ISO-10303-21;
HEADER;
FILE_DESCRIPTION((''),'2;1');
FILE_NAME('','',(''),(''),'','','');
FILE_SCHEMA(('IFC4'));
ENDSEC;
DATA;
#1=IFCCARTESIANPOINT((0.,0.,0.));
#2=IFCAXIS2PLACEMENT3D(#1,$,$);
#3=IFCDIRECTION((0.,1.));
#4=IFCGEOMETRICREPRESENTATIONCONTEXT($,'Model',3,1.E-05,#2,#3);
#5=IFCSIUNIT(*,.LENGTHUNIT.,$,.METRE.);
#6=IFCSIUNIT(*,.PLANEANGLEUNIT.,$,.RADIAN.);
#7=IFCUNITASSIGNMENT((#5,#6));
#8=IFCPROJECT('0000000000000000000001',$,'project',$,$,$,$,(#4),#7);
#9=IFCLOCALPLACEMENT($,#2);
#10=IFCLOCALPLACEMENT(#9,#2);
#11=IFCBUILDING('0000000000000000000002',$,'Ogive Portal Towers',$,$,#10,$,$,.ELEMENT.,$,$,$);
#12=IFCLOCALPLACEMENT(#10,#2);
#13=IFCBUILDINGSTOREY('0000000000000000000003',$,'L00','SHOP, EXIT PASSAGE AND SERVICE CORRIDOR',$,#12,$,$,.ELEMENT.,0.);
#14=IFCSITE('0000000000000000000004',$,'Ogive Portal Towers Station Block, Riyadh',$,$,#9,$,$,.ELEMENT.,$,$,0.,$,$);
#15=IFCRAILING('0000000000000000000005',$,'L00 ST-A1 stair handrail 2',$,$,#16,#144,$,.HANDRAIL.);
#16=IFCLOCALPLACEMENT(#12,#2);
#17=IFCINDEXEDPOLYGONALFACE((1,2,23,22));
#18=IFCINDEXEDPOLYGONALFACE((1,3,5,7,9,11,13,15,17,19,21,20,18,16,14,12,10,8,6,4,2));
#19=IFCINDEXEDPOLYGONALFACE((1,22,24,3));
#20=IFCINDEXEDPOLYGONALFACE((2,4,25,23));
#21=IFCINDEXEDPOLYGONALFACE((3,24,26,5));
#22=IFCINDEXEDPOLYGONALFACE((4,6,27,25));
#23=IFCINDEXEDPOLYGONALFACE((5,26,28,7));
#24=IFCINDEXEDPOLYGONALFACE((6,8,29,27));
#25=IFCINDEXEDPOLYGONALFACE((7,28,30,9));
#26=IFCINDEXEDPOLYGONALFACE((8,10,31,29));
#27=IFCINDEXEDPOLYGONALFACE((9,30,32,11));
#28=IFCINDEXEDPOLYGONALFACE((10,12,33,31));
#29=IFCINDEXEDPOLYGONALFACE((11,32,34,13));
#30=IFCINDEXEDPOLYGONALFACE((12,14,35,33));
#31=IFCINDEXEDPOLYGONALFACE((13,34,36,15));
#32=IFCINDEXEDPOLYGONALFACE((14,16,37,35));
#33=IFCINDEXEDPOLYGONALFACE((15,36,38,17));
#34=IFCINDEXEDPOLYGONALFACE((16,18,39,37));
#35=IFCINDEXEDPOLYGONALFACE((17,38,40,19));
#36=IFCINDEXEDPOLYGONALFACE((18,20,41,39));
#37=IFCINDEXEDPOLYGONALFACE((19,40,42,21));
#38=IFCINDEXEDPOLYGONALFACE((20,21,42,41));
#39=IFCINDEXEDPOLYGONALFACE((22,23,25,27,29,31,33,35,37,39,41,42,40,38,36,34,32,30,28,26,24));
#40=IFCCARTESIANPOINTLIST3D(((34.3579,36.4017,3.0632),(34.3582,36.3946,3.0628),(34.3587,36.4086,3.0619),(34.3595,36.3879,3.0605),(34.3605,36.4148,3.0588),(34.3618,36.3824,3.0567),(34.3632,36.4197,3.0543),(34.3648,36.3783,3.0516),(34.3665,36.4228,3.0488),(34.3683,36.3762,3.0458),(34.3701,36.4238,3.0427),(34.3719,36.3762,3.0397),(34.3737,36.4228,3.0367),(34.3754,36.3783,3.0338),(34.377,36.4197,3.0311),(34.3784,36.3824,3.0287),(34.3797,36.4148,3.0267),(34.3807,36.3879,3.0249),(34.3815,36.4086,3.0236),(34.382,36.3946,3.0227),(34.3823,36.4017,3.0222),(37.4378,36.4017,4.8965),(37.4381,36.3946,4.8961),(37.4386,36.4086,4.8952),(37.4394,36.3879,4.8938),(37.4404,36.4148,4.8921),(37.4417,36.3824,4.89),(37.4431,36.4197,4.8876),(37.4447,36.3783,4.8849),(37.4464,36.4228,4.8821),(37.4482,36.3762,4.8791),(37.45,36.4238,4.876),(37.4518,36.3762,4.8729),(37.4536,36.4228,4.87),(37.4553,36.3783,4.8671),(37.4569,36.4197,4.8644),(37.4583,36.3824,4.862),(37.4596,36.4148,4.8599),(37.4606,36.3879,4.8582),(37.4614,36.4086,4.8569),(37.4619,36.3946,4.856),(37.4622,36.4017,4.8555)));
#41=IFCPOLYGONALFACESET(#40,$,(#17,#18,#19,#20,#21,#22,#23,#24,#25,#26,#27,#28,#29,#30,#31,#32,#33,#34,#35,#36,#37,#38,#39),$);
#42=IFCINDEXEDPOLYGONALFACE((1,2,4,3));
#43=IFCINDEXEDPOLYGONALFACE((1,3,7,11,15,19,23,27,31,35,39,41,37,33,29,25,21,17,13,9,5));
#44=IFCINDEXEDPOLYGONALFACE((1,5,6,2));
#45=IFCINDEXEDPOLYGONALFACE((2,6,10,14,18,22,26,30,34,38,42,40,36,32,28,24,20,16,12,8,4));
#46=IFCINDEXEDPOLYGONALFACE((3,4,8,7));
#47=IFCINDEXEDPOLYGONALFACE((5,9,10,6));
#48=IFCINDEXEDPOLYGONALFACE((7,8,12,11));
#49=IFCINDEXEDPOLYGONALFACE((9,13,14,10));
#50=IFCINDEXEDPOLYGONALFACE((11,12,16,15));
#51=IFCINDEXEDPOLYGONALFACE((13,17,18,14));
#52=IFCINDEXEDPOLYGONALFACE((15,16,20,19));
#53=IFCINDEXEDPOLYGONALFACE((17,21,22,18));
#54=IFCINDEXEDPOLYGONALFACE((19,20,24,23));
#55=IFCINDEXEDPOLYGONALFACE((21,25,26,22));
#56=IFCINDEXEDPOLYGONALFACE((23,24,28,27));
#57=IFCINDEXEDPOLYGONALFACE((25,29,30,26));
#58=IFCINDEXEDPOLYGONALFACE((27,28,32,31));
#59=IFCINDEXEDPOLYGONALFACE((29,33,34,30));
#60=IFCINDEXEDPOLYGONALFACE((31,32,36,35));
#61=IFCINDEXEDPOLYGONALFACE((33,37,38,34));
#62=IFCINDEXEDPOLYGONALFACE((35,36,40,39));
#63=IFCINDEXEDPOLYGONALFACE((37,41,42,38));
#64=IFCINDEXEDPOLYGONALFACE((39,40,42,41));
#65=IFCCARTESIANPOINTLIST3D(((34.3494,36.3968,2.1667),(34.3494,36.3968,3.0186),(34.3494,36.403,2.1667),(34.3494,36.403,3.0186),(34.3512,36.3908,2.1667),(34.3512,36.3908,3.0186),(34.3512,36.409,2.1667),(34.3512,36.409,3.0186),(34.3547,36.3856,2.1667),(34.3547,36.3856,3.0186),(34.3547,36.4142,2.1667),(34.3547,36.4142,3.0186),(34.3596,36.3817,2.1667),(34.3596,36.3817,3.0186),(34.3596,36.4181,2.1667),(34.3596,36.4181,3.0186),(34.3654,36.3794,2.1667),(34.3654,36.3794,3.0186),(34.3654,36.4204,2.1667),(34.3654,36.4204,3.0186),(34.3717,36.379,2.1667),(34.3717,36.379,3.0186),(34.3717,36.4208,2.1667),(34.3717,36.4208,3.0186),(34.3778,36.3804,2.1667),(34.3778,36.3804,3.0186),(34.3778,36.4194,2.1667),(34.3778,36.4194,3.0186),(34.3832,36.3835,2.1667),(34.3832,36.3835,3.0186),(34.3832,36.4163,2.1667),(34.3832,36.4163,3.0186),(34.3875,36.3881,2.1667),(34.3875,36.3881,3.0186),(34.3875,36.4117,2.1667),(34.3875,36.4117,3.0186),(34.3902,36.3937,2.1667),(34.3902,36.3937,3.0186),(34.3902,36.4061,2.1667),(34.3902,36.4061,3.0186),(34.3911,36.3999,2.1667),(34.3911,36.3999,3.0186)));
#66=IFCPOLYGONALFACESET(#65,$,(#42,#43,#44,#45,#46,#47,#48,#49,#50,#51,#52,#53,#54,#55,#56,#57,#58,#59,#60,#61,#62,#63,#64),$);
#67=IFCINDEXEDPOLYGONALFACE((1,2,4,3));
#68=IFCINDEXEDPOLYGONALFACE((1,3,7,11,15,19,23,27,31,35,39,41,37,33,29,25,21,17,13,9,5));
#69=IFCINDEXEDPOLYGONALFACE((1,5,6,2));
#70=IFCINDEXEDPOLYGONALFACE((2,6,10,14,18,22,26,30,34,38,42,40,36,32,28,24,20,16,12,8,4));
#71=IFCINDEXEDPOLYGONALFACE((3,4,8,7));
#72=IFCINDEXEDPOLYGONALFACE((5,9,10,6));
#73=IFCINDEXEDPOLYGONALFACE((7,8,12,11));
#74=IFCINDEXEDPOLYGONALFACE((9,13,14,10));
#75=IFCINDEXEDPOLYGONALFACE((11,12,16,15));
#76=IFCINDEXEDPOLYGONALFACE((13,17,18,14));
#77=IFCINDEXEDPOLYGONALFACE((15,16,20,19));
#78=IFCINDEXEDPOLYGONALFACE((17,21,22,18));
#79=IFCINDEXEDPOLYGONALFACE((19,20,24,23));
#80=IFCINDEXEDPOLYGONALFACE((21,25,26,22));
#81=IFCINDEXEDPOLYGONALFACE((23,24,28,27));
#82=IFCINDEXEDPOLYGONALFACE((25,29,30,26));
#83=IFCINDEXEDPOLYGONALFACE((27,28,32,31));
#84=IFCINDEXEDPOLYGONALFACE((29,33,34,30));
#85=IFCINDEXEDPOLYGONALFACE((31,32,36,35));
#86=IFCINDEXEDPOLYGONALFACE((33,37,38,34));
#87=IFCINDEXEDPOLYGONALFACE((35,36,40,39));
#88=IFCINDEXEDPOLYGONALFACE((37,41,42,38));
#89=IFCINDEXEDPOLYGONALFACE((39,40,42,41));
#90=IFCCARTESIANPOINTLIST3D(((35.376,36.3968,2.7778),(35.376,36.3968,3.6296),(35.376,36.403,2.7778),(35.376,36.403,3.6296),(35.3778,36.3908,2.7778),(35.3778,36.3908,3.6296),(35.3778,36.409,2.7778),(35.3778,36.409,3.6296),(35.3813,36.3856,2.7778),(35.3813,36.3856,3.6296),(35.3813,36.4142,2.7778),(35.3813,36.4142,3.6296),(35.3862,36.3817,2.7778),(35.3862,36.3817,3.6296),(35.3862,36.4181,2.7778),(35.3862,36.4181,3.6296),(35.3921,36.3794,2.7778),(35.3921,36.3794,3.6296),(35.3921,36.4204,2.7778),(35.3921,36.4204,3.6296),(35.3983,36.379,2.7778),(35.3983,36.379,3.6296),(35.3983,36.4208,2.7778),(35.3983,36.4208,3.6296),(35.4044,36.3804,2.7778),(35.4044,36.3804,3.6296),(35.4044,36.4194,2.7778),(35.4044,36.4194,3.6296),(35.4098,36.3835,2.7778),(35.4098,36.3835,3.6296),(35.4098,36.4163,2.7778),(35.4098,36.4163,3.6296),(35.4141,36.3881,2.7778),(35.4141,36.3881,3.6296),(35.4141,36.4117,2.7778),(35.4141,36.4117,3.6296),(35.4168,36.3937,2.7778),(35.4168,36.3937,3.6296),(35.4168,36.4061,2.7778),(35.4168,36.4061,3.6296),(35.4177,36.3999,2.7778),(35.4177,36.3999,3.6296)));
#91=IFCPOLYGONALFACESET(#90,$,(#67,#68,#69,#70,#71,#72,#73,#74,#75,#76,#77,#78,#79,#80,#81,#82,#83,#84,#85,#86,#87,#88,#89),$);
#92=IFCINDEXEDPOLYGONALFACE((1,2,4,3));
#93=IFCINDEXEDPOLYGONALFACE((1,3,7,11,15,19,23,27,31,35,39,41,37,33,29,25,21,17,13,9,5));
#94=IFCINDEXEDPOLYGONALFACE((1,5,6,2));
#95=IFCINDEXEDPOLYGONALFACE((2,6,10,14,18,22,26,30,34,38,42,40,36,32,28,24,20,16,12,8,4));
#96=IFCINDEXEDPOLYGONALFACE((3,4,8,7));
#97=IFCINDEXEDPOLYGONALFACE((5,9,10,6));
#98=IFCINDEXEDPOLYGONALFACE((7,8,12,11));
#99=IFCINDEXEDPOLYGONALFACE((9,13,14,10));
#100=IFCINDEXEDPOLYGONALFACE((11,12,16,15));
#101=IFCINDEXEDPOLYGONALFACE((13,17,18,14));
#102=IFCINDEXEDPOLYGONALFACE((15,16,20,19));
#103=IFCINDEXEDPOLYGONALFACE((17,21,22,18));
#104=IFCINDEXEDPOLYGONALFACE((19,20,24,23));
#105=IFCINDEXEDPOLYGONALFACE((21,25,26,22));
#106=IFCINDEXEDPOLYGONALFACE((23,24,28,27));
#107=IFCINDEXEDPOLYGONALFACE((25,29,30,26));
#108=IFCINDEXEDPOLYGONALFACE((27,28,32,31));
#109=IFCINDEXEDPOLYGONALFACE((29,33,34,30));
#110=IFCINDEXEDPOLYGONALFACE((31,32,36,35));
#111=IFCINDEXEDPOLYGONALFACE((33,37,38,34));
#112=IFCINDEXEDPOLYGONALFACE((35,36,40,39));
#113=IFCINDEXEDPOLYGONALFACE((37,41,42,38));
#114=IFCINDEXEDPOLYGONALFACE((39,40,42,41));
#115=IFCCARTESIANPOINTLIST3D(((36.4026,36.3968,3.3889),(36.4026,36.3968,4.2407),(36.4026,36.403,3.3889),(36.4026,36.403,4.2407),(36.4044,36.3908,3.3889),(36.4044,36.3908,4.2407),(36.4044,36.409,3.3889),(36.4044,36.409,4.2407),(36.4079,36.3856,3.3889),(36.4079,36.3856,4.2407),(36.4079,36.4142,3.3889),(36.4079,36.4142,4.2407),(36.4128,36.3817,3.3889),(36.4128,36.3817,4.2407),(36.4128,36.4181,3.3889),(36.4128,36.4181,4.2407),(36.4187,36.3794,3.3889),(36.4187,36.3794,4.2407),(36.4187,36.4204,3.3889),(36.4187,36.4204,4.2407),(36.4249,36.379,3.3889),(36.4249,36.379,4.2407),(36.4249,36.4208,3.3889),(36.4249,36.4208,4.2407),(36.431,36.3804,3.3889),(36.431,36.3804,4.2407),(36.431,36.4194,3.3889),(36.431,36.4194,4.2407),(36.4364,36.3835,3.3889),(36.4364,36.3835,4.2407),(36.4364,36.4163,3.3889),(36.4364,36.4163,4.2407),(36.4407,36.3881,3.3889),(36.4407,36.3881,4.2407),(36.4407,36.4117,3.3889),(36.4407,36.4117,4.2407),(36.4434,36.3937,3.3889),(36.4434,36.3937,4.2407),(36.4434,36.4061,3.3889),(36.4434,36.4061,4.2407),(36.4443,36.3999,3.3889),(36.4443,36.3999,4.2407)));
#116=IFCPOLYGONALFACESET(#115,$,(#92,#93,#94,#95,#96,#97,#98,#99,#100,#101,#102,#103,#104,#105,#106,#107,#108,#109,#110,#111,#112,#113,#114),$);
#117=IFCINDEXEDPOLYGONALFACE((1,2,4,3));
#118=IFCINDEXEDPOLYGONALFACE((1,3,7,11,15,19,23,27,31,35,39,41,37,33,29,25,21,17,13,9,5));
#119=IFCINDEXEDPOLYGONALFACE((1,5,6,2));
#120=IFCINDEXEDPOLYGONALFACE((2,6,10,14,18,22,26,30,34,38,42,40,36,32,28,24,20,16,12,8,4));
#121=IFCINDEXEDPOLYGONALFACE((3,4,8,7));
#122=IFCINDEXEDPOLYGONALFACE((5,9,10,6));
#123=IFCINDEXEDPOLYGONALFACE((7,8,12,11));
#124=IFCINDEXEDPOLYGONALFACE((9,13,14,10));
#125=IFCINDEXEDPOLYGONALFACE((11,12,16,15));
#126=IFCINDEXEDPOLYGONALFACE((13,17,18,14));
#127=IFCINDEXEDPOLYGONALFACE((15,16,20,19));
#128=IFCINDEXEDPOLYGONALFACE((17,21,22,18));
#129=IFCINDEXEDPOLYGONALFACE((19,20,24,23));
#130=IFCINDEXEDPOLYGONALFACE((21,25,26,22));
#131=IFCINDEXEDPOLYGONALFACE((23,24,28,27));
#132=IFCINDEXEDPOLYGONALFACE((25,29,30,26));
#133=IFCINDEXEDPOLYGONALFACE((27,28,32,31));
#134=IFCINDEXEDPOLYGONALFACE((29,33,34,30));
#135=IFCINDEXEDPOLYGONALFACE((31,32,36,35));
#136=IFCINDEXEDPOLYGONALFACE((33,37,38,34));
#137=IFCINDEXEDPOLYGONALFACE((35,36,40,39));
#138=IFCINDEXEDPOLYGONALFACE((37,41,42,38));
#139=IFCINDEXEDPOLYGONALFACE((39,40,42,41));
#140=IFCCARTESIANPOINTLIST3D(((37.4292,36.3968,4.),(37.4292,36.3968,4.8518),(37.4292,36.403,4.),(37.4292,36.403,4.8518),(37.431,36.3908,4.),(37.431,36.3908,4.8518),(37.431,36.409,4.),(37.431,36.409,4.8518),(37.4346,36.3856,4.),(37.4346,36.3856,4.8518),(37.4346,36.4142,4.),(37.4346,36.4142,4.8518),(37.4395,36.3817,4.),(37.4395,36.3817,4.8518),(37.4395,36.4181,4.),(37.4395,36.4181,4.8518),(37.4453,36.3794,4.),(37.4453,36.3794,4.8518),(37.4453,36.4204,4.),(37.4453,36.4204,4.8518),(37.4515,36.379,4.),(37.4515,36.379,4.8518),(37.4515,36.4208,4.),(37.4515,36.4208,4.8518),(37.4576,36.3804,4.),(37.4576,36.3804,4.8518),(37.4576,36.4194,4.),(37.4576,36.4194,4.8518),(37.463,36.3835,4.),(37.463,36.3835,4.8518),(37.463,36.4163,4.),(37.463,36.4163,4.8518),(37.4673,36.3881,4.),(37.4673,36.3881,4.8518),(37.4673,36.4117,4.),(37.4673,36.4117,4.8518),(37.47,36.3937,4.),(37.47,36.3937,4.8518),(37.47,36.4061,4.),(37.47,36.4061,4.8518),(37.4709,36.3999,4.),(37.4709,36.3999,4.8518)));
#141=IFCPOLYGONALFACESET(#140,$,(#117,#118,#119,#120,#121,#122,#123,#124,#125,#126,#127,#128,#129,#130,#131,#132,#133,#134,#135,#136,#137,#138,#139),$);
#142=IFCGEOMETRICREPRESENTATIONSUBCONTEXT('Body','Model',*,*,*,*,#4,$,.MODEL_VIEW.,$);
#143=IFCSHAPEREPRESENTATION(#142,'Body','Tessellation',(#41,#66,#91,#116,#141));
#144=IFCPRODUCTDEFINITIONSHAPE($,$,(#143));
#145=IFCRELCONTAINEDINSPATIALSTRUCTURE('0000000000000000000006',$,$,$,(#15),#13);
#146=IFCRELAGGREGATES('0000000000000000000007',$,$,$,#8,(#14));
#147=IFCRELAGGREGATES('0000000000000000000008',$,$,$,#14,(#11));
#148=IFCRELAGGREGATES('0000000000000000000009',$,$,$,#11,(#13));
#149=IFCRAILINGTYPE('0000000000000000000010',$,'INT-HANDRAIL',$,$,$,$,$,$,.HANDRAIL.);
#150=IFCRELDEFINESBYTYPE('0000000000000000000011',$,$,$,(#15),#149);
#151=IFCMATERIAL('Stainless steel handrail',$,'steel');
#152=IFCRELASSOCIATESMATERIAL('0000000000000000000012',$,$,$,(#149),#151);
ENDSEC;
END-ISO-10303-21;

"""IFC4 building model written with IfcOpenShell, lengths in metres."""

from ifc_helpers import new_model, si_unit, direction, frame, origin, origin_2d, place, context, subcontext, project, spatial, circle, extrude, material, type_object, element, save


model = new_model("IFC4")

# Units and contexts
model_context = context("Model", 3, precision=1e-05, world=origin(), true_north=direction((0.0, 1.0)))
body_context = subcontext(model_context, "Body", "Model", "MODEL_VIEW")
ifc_project = project(units=[si_unit("LENGTHUNIT", "METRE"), si_unit("PLANEANGLEUNIT", "RADIAN")], contexts=[model_context])

# Site, building, storey
site_placement = place(None, origin())
site = spatial("IfcSite", under=ifc_project, at=site_placement, Name="Ogive Portal Towers Station Block, Riyadh", CompositionType="ELEMENT", RefElevation=0.0)
building_placement = place(site_placement, origin())
building = spatial("IfcBuilding", under=site, at=building_placement, Name="Ogive Portal Towers", CompositionType="ELEMENT")
storey_placement = place(building_placement, origin())
storey = spatial("IfcBuildingStorey", under=building, at=storey_placement, Name="L00", Description="SHOP, EXIT PASSAGE AND SERVICE CORRIDOR", CompositionType="ELEMENT", Elevation=0.0)

# Railing
ifc_material_1 = material(Name="Stainless steel handrail", Category="steel")
railing_type_1 = type_object("IfcRailingType", Name="INT-HANDRAIL", PredefinedType="HANDRAIL", material=ifc_material_1)
railing_1_placement = place(storey_placement, frame((34.3701, 36.3999, 2.1667)))
element("IfcRailing", 1, at=railing_1_placement, inside=storey, type_object=railing_type_1, Name="L00 ST-A1 stair handrail 2", PredefinedType="HANDRAIL", context=body_context, shape_type="SweptSolid", body=[
    extrude(circle(Radius=0.0239, at=origin_2d()), frame((0.0, 0.0, 0.876), z_axis=(0.859291, 0.0, 0.511487), x_axis=(0.0, 1.0, 0.0)), (0.0, 0.0, 1.0), 3.5842),
    extrude(circle(Radius=0.021, at=origin_2d()), origin(), (0.0, 0.0, 1.0), 0.8518),
    extrude(circle(Radius=0.021, at=origin_2d()), frame((1.0266, 0.0, 0.6111)), (0.0, 0.0, 1.0), 0.8518),
    extrude(circle(Radius=0.021, at=origin_2d()), frame((2.0532, 0.0, 1.2222)), (0.0, 0.0, 1.0), 0.8518),
    extrude(circle(Radius=0.021, at=origin_2d()), frame((3.0798, 0.0, 1.8333)), (0.0, 0.0, 1.0), 0.8518),
])

save(model, "model.ifc")
